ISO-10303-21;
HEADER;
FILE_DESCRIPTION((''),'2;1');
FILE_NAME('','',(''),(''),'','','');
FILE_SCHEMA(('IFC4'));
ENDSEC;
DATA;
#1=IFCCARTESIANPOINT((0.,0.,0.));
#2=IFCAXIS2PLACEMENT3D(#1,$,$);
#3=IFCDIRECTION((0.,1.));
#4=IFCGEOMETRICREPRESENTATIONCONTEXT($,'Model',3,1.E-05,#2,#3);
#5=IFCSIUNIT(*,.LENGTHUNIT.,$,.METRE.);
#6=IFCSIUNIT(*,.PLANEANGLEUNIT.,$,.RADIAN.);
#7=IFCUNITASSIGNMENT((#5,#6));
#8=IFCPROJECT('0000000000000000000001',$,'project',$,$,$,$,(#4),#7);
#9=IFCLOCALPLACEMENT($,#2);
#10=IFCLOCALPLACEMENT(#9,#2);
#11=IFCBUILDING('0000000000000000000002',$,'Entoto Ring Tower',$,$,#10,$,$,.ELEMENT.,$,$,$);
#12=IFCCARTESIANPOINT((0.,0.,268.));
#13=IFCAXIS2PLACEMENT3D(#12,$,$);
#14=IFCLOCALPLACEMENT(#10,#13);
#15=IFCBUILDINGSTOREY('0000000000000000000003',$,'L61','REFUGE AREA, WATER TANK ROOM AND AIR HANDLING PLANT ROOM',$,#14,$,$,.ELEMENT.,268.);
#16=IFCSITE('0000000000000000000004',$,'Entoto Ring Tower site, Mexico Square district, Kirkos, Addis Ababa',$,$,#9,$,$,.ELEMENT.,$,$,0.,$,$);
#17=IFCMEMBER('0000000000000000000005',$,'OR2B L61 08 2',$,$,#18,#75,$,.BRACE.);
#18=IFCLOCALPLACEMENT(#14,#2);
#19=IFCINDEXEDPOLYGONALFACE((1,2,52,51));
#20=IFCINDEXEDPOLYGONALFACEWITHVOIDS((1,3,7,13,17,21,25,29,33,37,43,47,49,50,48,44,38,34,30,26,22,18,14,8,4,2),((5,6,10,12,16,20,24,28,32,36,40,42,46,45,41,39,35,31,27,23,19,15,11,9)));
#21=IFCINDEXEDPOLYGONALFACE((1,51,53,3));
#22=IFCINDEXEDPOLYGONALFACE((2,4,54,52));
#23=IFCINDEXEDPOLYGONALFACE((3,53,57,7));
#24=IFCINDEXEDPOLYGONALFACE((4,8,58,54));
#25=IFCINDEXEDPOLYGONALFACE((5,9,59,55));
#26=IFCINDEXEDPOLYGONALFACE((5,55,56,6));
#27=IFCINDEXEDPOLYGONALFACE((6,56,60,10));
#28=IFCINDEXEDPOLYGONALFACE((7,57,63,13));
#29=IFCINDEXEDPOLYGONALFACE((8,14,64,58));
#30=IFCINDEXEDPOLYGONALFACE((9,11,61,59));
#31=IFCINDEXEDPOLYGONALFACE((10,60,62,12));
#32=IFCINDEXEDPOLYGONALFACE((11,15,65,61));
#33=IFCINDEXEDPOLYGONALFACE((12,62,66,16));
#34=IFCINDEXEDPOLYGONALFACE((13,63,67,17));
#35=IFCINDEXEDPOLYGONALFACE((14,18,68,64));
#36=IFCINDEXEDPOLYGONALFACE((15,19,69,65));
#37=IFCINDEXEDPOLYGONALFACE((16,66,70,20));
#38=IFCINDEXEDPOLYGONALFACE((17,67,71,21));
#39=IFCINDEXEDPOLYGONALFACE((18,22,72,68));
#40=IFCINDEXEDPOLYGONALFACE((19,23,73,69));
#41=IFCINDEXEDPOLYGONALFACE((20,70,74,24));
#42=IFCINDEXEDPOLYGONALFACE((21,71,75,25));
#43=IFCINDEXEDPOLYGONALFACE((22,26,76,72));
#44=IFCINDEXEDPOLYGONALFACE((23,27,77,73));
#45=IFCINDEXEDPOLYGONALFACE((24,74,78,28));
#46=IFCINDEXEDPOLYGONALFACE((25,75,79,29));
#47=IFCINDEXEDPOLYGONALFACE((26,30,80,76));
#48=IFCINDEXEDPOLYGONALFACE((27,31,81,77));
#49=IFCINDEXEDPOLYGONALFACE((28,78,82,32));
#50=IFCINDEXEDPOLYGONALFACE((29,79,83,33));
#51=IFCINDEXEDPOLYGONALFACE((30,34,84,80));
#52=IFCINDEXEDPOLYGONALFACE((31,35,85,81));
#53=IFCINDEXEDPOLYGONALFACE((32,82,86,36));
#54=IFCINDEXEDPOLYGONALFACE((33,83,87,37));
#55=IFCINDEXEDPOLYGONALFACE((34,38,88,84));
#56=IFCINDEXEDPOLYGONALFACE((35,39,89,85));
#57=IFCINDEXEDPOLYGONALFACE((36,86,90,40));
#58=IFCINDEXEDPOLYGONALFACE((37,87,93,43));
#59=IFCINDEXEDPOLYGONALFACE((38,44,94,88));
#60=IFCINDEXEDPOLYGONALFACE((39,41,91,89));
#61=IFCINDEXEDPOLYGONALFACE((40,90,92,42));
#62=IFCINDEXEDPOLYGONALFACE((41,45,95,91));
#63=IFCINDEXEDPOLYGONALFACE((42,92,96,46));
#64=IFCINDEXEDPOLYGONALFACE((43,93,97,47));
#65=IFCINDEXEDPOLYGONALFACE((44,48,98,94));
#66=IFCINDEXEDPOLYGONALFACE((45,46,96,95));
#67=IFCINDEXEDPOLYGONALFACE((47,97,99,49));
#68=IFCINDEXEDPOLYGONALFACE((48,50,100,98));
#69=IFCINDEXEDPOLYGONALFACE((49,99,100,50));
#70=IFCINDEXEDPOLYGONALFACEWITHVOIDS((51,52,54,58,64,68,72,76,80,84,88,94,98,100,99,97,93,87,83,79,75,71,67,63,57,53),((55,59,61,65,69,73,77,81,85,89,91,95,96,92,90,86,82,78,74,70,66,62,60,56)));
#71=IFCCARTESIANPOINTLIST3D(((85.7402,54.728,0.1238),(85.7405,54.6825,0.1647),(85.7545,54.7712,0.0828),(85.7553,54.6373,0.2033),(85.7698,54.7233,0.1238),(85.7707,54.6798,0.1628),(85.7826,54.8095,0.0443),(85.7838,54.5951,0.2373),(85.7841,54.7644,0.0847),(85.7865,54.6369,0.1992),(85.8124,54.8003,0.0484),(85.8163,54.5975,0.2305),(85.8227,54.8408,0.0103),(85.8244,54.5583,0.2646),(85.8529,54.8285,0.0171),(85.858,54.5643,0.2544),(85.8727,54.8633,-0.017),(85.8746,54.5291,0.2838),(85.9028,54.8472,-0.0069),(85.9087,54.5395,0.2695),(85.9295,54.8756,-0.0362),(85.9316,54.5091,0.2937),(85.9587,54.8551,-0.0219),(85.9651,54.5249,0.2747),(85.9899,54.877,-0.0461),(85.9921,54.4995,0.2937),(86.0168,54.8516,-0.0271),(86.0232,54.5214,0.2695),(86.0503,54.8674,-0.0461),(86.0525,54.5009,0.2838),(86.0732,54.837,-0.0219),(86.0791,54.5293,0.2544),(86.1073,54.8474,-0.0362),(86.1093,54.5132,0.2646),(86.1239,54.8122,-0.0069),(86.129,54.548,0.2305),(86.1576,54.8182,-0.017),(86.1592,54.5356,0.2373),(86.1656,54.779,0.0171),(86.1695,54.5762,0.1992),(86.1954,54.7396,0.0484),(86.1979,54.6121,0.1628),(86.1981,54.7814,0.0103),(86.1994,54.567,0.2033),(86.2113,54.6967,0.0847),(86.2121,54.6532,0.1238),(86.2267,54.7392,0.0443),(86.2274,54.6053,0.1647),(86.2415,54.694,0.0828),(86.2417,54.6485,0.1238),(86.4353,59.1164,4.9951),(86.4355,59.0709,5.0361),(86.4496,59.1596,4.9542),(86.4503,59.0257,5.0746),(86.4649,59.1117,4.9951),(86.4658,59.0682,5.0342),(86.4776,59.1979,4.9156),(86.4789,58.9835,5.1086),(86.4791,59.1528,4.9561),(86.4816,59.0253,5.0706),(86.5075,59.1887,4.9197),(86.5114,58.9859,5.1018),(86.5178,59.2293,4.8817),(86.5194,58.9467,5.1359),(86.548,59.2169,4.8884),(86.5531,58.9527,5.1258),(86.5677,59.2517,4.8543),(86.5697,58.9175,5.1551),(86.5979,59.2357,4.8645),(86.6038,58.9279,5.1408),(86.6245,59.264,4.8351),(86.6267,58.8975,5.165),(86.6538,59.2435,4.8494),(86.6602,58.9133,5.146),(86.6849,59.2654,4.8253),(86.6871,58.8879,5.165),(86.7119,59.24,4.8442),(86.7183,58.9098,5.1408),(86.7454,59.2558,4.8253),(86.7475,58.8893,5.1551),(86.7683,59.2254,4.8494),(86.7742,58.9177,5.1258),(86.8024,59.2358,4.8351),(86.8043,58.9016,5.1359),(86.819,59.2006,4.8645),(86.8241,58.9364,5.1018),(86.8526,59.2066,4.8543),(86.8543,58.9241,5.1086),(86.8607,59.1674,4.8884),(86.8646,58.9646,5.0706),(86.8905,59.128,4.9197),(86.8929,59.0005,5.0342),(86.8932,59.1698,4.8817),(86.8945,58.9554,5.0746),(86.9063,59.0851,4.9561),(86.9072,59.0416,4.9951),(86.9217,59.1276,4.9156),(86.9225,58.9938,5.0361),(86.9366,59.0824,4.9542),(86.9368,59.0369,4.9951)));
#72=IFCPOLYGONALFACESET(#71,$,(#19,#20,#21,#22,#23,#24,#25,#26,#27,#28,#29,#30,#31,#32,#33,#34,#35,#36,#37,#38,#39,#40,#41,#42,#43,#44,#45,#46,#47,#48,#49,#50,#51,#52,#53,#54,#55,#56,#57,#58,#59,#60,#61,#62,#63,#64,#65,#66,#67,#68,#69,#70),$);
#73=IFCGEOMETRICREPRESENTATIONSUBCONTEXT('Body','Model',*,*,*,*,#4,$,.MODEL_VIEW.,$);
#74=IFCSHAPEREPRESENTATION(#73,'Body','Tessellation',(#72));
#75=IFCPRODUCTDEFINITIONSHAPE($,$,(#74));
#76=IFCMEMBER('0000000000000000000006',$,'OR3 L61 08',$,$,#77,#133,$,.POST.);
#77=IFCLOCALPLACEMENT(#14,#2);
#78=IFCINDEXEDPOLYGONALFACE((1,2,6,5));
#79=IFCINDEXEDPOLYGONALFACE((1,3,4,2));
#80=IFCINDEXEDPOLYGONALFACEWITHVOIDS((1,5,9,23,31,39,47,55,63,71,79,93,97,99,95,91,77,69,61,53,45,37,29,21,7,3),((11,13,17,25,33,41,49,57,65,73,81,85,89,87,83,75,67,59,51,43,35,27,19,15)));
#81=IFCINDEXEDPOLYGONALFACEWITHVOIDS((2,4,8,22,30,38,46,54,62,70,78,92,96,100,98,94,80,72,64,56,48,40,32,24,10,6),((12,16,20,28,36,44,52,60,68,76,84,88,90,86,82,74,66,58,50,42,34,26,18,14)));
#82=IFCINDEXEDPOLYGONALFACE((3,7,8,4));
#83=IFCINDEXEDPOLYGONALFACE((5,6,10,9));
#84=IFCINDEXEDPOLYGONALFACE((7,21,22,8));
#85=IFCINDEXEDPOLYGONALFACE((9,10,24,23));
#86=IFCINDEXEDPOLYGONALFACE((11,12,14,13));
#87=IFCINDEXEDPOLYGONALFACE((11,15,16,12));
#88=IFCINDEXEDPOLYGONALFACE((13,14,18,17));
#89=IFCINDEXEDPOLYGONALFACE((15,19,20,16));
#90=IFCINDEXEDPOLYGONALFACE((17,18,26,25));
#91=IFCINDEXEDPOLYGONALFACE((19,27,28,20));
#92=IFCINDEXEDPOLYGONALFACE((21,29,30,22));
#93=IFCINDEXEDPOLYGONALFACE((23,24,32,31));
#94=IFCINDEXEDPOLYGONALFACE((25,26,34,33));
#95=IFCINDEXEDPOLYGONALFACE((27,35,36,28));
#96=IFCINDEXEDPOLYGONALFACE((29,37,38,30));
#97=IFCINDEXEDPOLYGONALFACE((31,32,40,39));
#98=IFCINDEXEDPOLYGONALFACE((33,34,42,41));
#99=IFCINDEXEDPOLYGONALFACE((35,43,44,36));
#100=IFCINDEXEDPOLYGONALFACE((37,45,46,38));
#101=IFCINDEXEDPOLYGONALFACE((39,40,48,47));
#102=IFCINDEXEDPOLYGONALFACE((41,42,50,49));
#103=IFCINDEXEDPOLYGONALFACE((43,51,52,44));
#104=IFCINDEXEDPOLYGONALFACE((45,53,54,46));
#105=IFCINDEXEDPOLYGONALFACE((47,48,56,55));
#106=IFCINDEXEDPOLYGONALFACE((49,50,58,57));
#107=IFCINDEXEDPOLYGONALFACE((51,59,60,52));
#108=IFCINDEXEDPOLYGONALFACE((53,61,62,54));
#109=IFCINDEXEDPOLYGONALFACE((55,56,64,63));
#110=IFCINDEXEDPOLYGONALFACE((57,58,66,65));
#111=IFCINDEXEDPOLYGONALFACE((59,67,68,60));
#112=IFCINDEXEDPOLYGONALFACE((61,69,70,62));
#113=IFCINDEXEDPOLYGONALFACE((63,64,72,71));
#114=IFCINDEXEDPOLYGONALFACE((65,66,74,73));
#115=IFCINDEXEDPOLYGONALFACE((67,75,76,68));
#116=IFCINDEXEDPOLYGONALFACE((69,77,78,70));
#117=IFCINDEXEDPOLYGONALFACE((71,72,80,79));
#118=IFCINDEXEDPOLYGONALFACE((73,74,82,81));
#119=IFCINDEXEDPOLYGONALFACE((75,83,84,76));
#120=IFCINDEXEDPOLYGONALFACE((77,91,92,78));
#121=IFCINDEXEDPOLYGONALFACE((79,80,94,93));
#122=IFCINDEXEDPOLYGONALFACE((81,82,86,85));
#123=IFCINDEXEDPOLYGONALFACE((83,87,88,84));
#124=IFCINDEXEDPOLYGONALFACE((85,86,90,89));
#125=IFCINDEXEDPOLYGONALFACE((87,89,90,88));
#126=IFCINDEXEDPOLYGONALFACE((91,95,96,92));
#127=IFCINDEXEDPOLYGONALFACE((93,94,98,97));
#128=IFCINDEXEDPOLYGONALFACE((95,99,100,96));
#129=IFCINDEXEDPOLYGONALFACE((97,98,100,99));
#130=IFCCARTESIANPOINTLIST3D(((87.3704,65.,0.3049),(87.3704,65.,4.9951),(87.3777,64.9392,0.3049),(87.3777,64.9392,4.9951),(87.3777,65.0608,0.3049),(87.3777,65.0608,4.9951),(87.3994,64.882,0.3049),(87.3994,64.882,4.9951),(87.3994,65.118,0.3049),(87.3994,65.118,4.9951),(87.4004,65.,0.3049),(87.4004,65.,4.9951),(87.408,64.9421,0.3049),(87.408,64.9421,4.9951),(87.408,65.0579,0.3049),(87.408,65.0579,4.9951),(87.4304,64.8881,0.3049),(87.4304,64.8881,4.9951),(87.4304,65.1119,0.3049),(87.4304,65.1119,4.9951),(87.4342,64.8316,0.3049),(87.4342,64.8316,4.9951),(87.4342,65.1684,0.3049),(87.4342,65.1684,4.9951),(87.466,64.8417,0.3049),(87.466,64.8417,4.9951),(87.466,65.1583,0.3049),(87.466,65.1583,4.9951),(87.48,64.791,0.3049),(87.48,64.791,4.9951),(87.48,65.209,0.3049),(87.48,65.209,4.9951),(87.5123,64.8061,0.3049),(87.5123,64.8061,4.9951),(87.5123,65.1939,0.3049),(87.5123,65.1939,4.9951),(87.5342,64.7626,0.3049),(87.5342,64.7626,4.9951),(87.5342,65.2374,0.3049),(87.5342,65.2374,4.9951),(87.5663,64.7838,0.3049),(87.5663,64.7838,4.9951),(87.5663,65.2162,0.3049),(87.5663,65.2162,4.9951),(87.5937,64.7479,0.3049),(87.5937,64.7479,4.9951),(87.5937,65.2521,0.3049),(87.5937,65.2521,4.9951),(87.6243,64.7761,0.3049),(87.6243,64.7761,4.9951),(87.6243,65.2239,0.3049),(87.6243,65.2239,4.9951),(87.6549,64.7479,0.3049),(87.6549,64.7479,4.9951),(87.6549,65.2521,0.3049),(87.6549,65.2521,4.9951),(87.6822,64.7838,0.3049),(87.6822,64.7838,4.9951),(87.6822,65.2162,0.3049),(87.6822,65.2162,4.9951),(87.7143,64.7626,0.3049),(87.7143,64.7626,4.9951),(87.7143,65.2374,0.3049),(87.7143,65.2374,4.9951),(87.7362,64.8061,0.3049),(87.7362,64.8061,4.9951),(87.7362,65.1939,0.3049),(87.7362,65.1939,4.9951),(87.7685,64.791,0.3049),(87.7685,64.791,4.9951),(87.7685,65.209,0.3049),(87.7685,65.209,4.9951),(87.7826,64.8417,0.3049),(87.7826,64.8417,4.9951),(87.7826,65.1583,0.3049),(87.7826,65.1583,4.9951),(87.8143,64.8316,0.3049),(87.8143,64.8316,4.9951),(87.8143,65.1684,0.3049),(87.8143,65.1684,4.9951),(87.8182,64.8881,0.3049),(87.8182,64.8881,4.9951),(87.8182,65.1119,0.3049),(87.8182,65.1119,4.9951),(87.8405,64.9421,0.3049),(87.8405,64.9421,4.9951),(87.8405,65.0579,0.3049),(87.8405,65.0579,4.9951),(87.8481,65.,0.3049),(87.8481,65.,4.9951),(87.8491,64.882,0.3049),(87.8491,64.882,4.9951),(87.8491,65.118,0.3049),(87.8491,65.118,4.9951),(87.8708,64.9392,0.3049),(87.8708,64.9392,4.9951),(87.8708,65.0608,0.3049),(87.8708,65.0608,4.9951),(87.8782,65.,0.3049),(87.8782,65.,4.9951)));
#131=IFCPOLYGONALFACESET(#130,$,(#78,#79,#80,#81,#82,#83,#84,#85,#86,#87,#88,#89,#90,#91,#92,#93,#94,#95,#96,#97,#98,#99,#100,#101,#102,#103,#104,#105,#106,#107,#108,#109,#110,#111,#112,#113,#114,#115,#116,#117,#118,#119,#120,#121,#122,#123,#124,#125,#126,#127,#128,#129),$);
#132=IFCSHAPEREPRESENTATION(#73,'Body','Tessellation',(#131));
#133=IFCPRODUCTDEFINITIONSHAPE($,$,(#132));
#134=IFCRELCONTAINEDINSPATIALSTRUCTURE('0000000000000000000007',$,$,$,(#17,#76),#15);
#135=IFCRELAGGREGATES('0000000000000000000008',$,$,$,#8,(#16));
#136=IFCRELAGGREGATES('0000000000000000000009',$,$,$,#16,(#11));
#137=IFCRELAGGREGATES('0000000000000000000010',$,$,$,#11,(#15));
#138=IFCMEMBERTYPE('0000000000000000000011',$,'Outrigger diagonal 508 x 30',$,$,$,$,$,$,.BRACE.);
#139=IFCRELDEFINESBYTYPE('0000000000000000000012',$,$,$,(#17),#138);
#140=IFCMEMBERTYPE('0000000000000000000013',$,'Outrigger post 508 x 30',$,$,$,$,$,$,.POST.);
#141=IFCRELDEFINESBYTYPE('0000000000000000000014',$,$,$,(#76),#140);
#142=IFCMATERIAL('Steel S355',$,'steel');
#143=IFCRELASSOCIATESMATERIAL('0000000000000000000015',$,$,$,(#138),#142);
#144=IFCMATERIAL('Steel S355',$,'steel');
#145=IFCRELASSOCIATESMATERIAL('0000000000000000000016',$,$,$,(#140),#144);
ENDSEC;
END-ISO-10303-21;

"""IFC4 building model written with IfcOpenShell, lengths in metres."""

from ifc_helpers import new_model, si_unit, direction, frame, origin, origin_2d, place, context, subcontext, project, spatial, circle, hollow_circle, extrude, material, material_profile, profile_set, type_object, element, save


model = new_model("IFC4")

# Units and contexts
model_context = context("Model", 3, precision=1e-05, world=origin(), true_north=direction((0.0, 1.0)))
body_context = subcontext(model_context, "Body", "Model", "MODEL_VIEW")
ifc_project = project(units=[si_unit("LENGTHUNIT", "METRE"), si_unit("PLANEANGLEUNIT", "RADIAN")], contexts=[model_context])

# Site, building, storey
site_placement = place(None, origin())
site = spatial("IfcSite", under=ifc_project, at=site_placement, Name="Entoto Ring Tower site, Mexico Square district, Kirkos, Addis Ababa", CompositionType="ELEMENT", RefElevation=0.0)
building_placement = place(site_placement, origin())
building = spatial("IfcBuilding", under=site, at=building_placement, Name="Entoto Ring Tower", CompositionType="ELEMENT")
storey_placement = place(building_placement, frame((0.0, 0.0, 268.0)))
storey = spatial("IfcBuildingStorey", under=building, at=storey_placement, Name="L61", Description="REFUGE AREA, WATER TANK ROOM AND AIR HANDLING PLANT ROOM", CompositionType="ELEMENT", Elevation=268.0)

# Members
ifc_material_1 = material(Name="Steel S355", Category="steel")
ifc_material_profile_1 = material_profile(ifc_material_1, hollow_circle(Radius=0.2539, WallThickness=0.03, at=origin_2d()), Name="CHS 508 x 30")
ifc_material_2 = material(Name="Concrete C60/75", Category="concrete")
ifc_material_profile_2 = material_profile(ifc_material_2, circle(Radius=0.2241, at=origin_2d()), Name="Concrete C60/75 infill")
ifc_profile_set_1 = profile_set([ifc_material_profile_1, ifc_material_profile_2], Name="Steel S355")
member_type_1 = type_object("IfcMemberType", Name="Outrigger diagonal 508 x 30", PredefinedType="BRACE", material=ifc_profile_set_1)
member_1_placement = place(storey_placement, frame((86.686, 59.0767, 4.9951), z_axis=(-0.105421, -0.665591, -0.738834), x_axis=(0.987688, -0.156437, 0.0)))
element("IfcMember", 1, at=member_1_placement, inside=storey, type_object=member_type_1, Name="OR2B L61 08 2", PredefinedType="BRACE", context=body_context, shape_type="SweptSolid", body=[
    extrude(hollow_circle(Radius=0.2539, WallThickness=0.03, at=origin_2d()), origin(), (0.0, 0.0, 1.0), 6.5933),
])
ifc_material_3 = material(Name="Steel S355", Category="steel")
ifc_material_profile_3 = material_profile(ifc_material_3, hollow_circle(Radius=0.2539, WallThickness=0.03, at=origin_2d()), Name="CHS 508 x 30")
ifc_material_4 = material(Name="Concrete C60/75", Category="concrete")
ifc_material_profile_4 = material_profile(ifc_material_4, circle(Radius=0.2241, at=origin_2d()), Name="Concrete C60/75 infill")
ifc_profile_set_2 = profile_set([ifc_material_profile_3, ifc_material_profile_4], Name="Steel S355")
member_type_2 = type_object("IfcMemberType", Name="Outrigger post 508 x 30", PredefinedType="POST", material=ifc_profile_set_2)
member_2_placement = place(storey_placement, frame((87.6243, 65.0, 0.3049), z_axis=(0.0, 0.0, 1.0), x_axis=(1.0, 0.0, 0.0)))
element("IfcMember", 2, at=member_2_placement, inside=storey, type_object=member_type_2, Name="OR3 L61 08", PredefinedType="POST", context=body_context, shape_type="SweptSolid", body=[
    extrude(hollow_circle(Radius=0.2539, WallThickness=0.03, at=origin_2d()), origin(), (0.0, 0.0, 1.0), 4.6902),
])

save(model, "model.ifc")
